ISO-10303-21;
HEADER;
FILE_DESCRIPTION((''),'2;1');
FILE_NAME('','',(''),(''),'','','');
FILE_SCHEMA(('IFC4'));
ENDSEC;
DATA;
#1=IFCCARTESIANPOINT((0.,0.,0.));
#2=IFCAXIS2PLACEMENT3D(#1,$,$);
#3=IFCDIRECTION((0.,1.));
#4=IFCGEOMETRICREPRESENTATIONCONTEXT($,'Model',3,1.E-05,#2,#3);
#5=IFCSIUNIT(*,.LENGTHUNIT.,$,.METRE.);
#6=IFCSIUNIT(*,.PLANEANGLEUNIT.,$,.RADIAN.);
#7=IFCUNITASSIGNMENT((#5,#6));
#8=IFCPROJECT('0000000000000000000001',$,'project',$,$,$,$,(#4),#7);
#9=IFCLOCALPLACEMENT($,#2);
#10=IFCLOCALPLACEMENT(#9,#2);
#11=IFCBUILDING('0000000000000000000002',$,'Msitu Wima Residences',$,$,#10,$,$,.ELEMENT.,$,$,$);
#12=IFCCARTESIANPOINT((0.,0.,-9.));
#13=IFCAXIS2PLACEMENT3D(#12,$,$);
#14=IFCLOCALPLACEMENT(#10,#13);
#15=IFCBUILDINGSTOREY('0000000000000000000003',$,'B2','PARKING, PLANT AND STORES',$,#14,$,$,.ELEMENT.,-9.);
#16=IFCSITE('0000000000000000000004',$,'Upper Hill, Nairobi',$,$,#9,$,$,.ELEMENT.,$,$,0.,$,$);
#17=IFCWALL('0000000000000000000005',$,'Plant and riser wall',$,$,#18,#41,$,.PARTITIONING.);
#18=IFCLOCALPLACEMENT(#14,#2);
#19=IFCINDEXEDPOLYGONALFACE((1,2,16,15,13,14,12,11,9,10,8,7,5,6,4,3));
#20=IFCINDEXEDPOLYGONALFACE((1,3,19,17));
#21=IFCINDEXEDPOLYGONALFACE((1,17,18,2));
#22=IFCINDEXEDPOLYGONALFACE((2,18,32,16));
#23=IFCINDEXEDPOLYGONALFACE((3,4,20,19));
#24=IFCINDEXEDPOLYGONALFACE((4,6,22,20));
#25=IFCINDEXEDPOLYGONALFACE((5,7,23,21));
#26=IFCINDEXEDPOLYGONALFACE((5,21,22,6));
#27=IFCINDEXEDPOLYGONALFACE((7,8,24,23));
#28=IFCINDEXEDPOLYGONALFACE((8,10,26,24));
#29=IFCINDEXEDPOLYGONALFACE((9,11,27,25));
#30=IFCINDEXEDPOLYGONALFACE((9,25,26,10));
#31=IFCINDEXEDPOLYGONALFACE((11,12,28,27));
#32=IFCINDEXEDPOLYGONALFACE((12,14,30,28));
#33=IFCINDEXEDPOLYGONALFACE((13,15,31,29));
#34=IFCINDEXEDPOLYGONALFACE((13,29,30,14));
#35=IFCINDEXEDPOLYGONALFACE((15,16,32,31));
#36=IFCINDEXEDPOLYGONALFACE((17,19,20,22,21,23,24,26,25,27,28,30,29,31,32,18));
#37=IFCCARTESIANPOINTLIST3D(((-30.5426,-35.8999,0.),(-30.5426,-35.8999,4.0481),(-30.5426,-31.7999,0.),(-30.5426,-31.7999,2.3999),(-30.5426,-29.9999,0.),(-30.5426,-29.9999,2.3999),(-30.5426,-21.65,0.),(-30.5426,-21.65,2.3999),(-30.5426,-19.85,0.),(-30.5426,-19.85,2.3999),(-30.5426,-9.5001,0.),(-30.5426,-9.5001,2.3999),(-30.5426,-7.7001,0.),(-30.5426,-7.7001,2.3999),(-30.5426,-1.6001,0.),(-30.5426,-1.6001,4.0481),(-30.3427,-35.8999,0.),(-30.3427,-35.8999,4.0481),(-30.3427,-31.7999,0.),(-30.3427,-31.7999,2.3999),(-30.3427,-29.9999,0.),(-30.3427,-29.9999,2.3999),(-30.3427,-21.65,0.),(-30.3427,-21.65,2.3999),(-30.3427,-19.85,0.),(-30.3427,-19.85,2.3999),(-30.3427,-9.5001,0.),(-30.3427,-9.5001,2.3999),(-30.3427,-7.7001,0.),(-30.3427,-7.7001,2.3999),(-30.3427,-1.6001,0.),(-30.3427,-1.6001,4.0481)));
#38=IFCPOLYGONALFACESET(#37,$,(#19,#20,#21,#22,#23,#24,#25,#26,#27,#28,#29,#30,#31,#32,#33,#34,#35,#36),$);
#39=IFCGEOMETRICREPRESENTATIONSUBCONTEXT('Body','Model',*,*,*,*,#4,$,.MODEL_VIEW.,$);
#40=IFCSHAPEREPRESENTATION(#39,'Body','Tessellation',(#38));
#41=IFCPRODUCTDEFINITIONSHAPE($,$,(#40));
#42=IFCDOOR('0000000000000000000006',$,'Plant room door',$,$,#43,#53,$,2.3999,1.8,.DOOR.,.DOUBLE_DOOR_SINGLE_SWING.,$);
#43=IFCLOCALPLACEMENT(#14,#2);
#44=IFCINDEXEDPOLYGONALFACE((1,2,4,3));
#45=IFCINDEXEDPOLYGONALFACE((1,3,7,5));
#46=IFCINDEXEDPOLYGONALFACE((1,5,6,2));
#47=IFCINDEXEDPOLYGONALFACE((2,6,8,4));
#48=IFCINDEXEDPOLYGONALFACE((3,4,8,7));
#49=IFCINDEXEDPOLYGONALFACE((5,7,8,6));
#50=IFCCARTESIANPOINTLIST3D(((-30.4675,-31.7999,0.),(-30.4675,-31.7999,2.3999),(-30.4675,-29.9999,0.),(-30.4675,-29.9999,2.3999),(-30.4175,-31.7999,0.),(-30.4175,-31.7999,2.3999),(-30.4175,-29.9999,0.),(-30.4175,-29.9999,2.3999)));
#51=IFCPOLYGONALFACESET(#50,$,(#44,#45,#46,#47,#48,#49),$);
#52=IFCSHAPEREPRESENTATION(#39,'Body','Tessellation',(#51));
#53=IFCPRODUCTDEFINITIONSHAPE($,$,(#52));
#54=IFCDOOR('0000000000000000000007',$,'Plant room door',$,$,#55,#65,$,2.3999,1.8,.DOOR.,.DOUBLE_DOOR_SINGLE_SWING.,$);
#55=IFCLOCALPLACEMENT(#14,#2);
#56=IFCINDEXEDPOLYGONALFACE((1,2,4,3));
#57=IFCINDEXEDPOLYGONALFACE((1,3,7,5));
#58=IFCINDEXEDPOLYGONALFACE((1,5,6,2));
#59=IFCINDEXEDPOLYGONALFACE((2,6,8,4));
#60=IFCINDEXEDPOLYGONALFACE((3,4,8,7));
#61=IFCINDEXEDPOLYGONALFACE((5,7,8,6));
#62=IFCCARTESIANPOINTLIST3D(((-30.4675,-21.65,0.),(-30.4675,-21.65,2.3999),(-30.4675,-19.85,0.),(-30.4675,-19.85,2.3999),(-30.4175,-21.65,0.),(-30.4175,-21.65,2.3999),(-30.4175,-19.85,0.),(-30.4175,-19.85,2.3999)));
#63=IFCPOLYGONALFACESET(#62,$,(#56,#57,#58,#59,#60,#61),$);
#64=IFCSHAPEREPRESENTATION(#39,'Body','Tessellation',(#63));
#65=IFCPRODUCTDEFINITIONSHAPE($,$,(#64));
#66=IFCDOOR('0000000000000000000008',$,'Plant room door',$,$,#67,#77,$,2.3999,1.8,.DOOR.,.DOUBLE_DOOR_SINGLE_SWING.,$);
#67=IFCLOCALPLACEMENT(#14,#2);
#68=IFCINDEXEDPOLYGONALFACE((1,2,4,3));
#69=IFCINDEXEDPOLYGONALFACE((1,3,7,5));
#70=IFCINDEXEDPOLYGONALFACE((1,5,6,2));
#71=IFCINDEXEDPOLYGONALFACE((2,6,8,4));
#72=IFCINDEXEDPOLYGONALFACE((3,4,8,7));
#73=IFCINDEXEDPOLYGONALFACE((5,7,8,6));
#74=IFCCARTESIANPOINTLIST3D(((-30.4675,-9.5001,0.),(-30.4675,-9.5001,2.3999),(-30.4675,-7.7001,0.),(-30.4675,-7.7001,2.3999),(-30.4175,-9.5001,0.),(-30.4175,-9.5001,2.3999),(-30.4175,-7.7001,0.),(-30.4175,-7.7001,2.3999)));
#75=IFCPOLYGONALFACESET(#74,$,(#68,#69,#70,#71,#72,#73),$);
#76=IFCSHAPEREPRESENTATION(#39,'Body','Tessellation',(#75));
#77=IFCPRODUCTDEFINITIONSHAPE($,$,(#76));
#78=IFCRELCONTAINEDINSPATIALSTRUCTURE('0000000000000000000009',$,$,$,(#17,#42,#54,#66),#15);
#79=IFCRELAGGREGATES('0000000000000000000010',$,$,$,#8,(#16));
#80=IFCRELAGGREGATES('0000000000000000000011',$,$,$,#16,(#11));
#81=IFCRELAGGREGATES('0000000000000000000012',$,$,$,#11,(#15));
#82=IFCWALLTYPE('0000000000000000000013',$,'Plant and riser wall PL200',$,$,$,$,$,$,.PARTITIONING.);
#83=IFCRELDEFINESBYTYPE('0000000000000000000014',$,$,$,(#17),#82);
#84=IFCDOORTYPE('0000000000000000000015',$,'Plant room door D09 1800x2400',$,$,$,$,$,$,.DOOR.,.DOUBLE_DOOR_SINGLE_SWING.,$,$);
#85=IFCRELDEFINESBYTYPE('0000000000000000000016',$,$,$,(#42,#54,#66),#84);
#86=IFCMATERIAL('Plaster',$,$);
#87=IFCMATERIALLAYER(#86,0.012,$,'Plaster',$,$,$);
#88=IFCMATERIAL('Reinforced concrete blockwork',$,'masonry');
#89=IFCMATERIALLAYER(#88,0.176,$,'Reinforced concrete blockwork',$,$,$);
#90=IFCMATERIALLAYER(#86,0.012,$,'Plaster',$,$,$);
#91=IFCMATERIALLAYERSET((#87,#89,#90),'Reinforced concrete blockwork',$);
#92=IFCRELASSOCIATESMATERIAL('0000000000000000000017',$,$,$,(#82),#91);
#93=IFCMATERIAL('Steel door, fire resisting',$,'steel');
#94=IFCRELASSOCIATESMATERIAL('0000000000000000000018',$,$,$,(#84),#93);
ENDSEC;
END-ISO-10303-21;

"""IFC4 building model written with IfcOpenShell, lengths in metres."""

from ifc_helpers import new_model, si_unit, direction, frame, frame_2d, origin, place, context, subcontext, project, spatial, rectangle, extrude, material, layer, layer_set, type_object, element, fill, save


model = new_model("IFC4")

# Units and contexts
model_context = context("Model", 3, precision=1e-05, world=origin(), true_north=direction((0.0, 1.0)))
body_context = subcontext(model_context, "Body", "Model", "MODEL_VIEW")
ifc_project = project(units=[si_unit("LENGTHUNIT", "METRE"), si_unit("PLANEANGLEUNIT", "RADIAN")], contexts=[model_context])

# Site, building, storey
site_placement = place(None, origin())
site = spatial("IfcSite", under=ifc_project, at=site_placement, Name="Upper Hill, Nairobi", CompositionType="ELEMENT", RefElevation=0.0)
building_placement = place(site_placement, origin())
building = spatial("IfcBuilding", under=site, at=building_placement, Name="Msitu Wima Residences", CompositionType="ELEMENT")
storey_placement = place(building_placement, frame((0.0, 0.0, -9.0)))
storey = spatial("IfcBuildingStorey", under=building, at=storey_placement, Name="B2", Description="PARKING, PLANT AND STORES", CompositionType="ELEMENT", Elevation=-9.0)

# Shared definitions
ifc_material_1 = material(Name="Plaster")
ifc_layer_1 = layer(ifc_material_1, 0.012, Name="Plaster")
ifc_material_2 = material(Name="Reinforced concrete blockwork", Category="masonry")
ifc_layer_2 = layer(ifc_material_2, 0.176, Name="Reinforced concrete blockwork")
ifc_layer_3 = layer(ifc_material_1, 0.012, Name="Plaster")
ifc_layer_set_1 = layer_set([ifc_layer_1, ifc_layer_2, ifc_layer_3], Name="Reinforced concrete blockwork")
wall_type_1 = type_object("IfcWallType", Name="Plant and riser wall PL200", PredefinedType="PARTITIONING", material=ifc_layer_set_1)

# Shared definitions
ifc_material_3 = material(Name="Steel door, fire resisting", Category="steel")
door_type = type_object("IfcDoorType", Name="Plant room door D09 1800x2400", OperationType="DOUBLE_DOOR_SINGLE_SWING", PredefinedType="DOOR", material=ifc_material_3)

# Wall, openings, doors
wall_1_placement = place(storey_placement, frame((-30.4426, -35.8999, 0.0), z_axis=(0.0, 0.0, 1.0), x_axis=(0.0, 1.0, 0.0)))
wall_1 = element("IfcWall", 1, at=wall_1_placement, inside=storey, type_object=wall_type_1, Name="Plant and riser wall", PredefinedType="PARTITIONING", context=body_context, shape_type="SweptSolid", body=[
    extrude(rectangle(XDim=34.2998, YDim=0.2, at=frame_2d((17.1499, 0.0))), origin(), (0.0, 0.0, 1.0), 4.0481),
])
opening_1_placement = place(wall_1_placement, frame((4.1001, 0.0, 0.0)))
opening_1 = element("IfcOpeningElement", 2, at=opening_1_placement, cuts=wall_1, PredefinedType="OPENING", context=body_context, shape_type="SweptSolid", body=[
    extrude(rectangle(XDim=1.8, YDim=2.3999, at=frame_2d((0.8999, 1.2))), frame((0.0, 0.1099, 0.0), z_axis=(0.0, -1.0, 0.0), x_axis=(1.0, 0.0, 0.0)), (0.0, 0.0, 1.0), 0.22),
])
opening_2_placement = place(wall_1_placement, frame((14.25, 0.0, 0.0)))
opening_2 = element("IfcOpeningElement", 3, at=opening_2_placement, cuts=wall_1, PredefinedType="OPENING", context=body_context, shape_type="SweptSolid", body=[
    extrude(rectangle(XDim=1.8, YDim=2.3999, at=frame_2d((0.8999, 1.2))), frame((0.0, 0.1099, 0.0), z_axis=(0.0, -1.0, 0.0), x_axis=(1.0, 0.0, 0.0)), (0.0, 0.0, 1.0), 0.22),
])
opening_3_placement = place(wall_1_placement, frame((26.3999, 0.0, 0.0)))
opening_3 = element("IfcOpeningElement", 4, at=opening_3_placement, cuts=wall_1, PredefinedType="OPENING", context=body_context, shape_type="SweptSolid", body=[
    extrude(rectangle(XDim=1.8, YDim=2.3999, at=frame_2d((0.8999, 1.2))), frame((0.0, 0.1099, 0.0), z_axis=(0.0, -1.0, 0.0), x_axis=(1.0, 0.0, 0.0)), (0.0, 0.0, 1.0), 0.22),
])
door_1_placement = place(opening_1_placement, origin())
door_1 = element("IfcDoor", 5, at=door_1_placement, inside=storey, type_object=door_type, Name="Plant room door", OperationType="DOUBLE_DOOR_SINGLE_SWING", OverallHeight=2.3999, OverallWidth=1.8, PredefinedType="DOOR", context=body_context, shape_type="SweptSolid", body=[
    extrude(rectangle(XDim=1.8, YDim=2.3999, at=frame_2d((0.8999, 1.2))), frame((0.0, 0.0249, 0.0), z_axis=(0.0, -1.0, 0.0), x_axis=(1.0, 0.0, 0.0)), (0.0, 0.0, 1.0), 0.05),
])
fill(opening_1, door_1)
door_2_placement = place(opening_2_placement, origin())
door_2 = element("IfcDoor", 6, at=door_2_placement, inside=storey, type_object=door_type, Name="Plant room door", OperationType="DOUBLE_DOOR_SINGLE_SWING", OverallHeight=2.3999, OverallWidth=1.8, PredefinedType="DOOR", context=body_context, shape_type="SweptSolid", body=[
    extrude(rectangle(XDim=1.8, YDim=2.3999, at=frame_2d((0.8999, 1.2))), frame((0.0, 0.0249, 0.0), z_axis=(0.0, -1.0, 0.0), x_axis=(1.0, 0.0, 0.0)), (0.0, 0.0, 1.0), 0.05),
])
fill(opening_2, door_2)
door_3_placement = place(opening_3_placement, origin())
door_3 = element("IfcDoor", 7, at=door_3_placement, inside=storey, type_object=door_type, Name="Plant room door", OperationType="DOUBLE_DOOR_SINGLE_SWING", OverallHeight=2.3999, OverallWidth=1.8, PredefinedType="DOOR", context=body_context, shape_type="SweptSolid", body=[
    extrude(rectangle(XDim=1.8, YDim=2.3999, at=frame_2d((0.8999, 1.2))), frame((0.0, 0.0249, 0.0), z_axis=(0.0, -1.0, 0.0), x_axis=(1.0, 0.0, 0.0)), (0.0, 0.0, 1.0), 0.05),
])
fill(opening_3, door_3)

save(model, "model.ifc")
